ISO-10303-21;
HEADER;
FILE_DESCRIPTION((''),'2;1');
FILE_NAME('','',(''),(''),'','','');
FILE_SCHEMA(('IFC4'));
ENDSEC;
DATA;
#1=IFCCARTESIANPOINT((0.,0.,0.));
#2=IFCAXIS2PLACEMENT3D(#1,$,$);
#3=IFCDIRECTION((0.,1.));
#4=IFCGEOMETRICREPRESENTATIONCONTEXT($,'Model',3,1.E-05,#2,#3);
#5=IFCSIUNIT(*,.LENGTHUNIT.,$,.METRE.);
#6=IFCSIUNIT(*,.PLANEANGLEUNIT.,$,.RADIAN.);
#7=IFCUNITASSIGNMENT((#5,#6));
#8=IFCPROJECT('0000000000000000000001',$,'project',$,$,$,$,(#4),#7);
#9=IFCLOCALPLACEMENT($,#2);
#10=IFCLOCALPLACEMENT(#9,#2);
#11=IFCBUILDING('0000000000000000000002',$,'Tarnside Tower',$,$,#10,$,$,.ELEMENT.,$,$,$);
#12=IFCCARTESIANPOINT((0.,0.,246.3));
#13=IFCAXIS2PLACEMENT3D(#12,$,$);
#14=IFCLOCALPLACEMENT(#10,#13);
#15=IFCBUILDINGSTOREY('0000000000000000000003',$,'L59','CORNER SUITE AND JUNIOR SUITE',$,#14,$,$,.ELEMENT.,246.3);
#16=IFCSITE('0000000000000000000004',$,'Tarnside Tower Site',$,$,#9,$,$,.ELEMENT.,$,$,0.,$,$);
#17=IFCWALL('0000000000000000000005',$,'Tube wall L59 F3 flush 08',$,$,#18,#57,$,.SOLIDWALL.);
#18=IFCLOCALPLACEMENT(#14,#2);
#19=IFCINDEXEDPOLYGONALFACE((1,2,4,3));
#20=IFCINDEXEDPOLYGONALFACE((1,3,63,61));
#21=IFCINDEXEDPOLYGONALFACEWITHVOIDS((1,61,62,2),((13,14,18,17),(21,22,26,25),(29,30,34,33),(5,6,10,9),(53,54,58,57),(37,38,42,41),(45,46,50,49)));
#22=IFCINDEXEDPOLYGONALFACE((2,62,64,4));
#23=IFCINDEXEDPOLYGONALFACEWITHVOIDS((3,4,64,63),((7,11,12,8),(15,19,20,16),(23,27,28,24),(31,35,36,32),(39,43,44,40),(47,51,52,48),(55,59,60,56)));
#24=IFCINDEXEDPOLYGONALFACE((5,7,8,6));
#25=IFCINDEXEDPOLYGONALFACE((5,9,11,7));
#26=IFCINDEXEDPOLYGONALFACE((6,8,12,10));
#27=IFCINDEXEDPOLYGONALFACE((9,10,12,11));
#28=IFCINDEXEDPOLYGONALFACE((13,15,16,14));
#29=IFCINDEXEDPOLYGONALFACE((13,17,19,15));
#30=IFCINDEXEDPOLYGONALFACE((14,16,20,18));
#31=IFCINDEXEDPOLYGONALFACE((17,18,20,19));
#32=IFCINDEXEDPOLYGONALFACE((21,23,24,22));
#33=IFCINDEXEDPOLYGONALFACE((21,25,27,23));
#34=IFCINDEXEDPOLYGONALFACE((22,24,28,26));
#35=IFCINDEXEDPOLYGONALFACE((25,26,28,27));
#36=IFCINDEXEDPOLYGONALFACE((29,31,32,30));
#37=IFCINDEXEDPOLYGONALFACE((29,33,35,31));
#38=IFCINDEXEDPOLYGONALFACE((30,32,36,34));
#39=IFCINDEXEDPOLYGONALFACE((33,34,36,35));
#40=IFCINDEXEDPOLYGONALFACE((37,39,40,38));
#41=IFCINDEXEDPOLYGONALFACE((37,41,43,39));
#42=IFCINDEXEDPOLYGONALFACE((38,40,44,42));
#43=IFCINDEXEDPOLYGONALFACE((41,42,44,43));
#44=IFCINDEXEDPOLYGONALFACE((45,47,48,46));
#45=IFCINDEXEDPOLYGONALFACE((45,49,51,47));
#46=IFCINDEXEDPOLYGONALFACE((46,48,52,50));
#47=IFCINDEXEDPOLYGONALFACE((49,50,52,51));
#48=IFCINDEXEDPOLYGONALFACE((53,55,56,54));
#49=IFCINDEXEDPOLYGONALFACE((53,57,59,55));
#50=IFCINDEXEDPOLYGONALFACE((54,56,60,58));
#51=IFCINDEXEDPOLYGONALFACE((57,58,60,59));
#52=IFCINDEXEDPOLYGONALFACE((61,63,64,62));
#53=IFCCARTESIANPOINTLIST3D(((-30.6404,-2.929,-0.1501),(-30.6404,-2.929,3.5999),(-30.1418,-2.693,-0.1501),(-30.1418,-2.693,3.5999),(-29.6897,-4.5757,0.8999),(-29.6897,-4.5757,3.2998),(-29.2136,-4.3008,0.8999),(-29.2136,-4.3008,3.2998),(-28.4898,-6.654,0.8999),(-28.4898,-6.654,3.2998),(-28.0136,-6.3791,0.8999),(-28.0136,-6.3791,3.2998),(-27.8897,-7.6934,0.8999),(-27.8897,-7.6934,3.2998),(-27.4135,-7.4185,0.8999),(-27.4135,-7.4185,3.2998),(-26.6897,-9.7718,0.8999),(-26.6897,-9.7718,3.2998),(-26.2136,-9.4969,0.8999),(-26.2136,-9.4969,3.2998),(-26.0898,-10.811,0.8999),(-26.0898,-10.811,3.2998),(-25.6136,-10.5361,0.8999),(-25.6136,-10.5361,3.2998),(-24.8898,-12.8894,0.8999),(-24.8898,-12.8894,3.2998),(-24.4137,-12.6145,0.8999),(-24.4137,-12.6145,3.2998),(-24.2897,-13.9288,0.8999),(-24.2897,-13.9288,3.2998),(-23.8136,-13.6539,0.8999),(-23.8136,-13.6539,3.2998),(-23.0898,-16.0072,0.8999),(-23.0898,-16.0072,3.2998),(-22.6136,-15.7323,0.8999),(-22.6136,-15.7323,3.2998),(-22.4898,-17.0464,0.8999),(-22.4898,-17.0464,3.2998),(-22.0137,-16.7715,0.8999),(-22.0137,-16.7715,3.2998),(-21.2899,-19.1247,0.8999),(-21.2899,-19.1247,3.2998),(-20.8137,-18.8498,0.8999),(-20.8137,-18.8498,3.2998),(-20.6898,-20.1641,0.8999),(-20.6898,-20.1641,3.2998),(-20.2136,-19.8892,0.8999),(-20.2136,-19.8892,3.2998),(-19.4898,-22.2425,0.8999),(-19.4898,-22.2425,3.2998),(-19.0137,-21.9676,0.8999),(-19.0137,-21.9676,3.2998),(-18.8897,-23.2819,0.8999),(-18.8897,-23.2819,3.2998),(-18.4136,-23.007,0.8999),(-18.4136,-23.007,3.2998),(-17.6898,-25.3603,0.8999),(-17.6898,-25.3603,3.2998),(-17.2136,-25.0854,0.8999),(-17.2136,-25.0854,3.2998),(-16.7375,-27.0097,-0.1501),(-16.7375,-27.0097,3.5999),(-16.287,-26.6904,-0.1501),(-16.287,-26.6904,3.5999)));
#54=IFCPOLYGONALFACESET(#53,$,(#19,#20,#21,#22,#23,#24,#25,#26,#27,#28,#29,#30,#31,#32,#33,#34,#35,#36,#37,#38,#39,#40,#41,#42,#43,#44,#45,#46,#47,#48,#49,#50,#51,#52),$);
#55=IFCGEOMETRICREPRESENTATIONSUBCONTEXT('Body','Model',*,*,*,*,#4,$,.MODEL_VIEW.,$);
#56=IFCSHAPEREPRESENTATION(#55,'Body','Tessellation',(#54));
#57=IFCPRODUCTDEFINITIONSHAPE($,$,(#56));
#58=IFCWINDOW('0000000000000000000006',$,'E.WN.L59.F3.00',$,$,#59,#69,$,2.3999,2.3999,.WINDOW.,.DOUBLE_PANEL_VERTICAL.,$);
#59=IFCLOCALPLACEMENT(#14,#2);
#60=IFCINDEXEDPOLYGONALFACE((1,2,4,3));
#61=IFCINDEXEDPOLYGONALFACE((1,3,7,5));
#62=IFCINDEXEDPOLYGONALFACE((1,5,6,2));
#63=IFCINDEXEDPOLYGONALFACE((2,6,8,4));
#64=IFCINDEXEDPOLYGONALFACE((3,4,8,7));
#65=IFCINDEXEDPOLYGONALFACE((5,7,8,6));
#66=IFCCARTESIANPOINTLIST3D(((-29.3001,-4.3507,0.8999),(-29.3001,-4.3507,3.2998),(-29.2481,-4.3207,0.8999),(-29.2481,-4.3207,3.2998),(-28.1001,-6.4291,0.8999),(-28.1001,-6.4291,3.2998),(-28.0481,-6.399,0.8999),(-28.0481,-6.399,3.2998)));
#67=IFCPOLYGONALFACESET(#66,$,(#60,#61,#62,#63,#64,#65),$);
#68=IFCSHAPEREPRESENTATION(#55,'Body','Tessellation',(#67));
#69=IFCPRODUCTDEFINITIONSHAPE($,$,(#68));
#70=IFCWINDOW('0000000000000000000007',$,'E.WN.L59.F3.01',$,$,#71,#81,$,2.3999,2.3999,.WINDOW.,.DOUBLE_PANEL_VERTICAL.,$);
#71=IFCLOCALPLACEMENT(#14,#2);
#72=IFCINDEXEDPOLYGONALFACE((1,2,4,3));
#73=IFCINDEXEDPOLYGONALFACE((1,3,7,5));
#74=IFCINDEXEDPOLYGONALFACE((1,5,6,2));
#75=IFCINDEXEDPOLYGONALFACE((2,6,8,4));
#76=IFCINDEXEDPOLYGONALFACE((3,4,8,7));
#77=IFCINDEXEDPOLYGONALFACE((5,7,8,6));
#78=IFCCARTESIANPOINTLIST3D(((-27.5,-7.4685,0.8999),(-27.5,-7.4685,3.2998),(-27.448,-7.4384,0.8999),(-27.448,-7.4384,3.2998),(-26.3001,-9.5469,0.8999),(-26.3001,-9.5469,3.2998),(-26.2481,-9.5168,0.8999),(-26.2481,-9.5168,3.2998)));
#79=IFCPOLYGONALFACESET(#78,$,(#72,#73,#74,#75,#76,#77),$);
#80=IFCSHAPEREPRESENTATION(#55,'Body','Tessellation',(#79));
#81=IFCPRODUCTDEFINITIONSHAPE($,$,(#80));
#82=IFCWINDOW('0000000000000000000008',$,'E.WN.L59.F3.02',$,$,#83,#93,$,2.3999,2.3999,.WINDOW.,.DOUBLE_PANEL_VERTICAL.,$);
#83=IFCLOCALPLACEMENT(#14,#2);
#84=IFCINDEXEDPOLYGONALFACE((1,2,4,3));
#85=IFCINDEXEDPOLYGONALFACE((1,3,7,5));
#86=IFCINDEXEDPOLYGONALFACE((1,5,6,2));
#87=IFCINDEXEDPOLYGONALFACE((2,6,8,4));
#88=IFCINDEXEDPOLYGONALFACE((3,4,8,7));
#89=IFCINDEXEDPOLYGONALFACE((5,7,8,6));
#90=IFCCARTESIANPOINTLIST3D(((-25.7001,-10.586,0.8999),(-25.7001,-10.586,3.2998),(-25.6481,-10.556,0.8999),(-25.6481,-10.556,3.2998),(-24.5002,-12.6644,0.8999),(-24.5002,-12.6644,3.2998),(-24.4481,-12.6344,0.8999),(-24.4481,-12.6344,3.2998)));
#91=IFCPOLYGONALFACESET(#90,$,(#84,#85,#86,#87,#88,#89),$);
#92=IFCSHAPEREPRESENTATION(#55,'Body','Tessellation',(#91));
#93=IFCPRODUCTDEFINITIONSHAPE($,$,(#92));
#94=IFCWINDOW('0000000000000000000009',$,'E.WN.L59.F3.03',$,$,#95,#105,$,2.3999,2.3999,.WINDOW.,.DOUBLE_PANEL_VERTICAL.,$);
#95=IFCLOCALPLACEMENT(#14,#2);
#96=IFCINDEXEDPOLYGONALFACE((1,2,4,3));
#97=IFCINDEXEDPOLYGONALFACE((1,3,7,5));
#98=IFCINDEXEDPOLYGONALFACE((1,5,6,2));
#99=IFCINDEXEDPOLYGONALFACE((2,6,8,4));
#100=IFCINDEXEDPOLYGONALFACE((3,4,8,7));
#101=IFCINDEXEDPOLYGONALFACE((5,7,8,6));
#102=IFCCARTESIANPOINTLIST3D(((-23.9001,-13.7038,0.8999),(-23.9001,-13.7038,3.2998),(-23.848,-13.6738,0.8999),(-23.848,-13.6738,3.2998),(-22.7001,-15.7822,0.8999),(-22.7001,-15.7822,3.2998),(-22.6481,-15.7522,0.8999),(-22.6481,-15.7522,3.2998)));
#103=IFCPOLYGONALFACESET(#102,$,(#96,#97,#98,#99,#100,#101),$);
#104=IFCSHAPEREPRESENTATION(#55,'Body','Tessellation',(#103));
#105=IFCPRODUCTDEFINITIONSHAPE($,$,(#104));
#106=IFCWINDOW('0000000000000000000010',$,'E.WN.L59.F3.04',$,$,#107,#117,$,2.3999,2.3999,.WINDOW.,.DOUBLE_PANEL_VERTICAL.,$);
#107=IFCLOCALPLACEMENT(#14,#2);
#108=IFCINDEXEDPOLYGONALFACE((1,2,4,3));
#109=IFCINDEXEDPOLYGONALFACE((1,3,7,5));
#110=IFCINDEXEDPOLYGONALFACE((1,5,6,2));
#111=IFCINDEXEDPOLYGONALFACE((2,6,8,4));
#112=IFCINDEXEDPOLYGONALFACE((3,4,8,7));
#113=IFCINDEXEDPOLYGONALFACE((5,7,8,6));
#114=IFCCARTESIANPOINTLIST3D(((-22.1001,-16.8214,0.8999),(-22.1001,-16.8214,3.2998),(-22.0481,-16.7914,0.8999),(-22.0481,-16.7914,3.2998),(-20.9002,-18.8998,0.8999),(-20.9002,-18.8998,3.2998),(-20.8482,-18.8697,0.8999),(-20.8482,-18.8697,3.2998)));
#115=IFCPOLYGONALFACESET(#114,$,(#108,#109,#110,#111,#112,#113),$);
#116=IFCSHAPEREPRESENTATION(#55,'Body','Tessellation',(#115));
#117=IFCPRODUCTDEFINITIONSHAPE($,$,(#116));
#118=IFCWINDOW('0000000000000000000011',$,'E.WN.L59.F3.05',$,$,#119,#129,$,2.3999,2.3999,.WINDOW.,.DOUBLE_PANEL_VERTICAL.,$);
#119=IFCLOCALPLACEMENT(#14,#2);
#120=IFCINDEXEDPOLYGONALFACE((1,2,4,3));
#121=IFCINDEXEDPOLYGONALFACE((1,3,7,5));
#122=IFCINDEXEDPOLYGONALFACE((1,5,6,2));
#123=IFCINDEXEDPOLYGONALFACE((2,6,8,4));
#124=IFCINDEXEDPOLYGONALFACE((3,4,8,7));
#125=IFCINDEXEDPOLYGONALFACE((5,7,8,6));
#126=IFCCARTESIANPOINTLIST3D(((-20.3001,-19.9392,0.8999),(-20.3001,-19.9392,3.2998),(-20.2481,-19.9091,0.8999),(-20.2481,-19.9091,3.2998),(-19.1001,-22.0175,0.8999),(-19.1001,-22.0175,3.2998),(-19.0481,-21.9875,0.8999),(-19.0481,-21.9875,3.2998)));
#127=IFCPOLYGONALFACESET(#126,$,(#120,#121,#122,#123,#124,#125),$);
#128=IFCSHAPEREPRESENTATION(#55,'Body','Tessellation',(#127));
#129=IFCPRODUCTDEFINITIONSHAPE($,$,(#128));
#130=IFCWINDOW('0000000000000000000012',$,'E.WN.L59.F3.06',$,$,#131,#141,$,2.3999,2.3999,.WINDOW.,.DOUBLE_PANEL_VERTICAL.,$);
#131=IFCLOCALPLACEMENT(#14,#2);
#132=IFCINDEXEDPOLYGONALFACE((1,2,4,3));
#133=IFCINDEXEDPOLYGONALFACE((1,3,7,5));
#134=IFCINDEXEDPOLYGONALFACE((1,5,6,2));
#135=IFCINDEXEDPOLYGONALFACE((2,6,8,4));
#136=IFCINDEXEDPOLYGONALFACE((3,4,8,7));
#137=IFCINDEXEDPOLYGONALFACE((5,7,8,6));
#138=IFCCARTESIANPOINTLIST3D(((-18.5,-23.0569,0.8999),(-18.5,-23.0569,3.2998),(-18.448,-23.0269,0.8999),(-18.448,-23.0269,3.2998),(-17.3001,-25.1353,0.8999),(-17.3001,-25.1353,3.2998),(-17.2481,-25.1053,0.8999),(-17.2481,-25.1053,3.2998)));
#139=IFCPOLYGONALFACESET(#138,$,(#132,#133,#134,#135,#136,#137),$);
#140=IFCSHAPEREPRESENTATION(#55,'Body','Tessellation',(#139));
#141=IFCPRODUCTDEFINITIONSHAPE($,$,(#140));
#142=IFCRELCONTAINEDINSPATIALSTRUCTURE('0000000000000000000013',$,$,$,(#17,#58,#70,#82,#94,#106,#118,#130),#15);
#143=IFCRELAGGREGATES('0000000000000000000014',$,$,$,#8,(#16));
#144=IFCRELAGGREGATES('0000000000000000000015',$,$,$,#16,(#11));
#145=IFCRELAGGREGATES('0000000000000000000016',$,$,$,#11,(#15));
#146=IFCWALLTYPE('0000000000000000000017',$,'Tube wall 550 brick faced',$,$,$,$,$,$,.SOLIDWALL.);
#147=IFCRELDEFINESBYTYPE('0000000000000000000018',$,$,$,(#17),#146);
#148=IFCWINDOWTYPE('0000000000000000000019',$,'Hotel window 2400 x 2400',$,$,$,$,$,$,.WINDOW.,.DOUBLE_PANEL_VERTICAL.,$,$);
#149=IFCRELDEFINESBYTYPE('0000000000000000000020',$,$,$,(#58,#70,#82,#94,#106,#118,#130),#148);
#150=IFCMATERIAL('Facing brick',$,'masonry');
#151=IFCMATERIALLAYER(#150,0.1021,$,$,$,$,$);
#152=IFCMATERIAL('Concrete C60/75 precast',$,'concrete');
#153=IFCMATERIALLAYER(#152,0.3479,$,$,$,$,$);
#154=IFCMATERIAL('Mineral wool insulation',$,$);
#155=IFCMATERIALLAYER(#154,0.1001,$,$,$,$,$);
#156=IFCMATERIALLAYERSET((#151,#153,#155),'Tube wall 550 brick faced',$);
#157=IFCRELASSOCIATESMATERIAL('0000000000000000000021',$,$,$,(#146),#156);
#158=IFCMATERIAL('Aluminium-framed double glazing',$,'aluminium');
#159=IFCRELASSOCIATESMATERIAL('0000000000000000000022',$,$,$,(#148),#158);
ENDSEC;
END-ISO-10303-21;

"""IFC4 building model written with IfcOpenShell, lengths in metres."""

from ifc_helpers import new_model, si_unit, direction, frame, frame_2d, origin, place, context, subcontext, project, spatial, polyline, rectangle, outline, extrude, material, layer, layer_set, type_object, element, fill, save


model = new_model("IFC4")

# Units and contexts
model_context = context("Model", 3, precision=1e-05, world=origin(), true_north=direction((0.0, 1.0)))
body_context = subcontext(model_context, "Body", "Model", "MODEL_VIEW")
ifc_project = project(units=[si_unit("LENGTHUNIT", "METRE"), si_unit("PLANEANGLEUNIT", "RADIAN")], contexts=[model_context])

# Site, building, storey
site_placement = place(None, origin())
site = spatial("IfcSite", under=ifc_project, at=site_placement, Name="Tarnside Tower Site", CompositionType="ELEMENT", RefElevation=0.0)
building_placement = place(site_placement, origin())
building = spatial("IfcBuilding", under=site, at=building_placement, Name="Tarnside Tower", CompositionType="ELEMENT")
storey_placement = place(building_placement, frame((0.0, 0.0, 246.3)))
storey = spatial("IfcBuildingStorey", under=building, at=storey_placement, Name="L59", Description="CORNER SUITE AND JUNIOR SUITE", CompositionType="ELEMENT", Elevation=246.3)

# Shared definitions
ifc_material_1 = material(Name="Facing brick", Category="masonry")
ifc_layer_1 = layer(ifc_material_1, 0.1021)
ifc_material_2 = material(Name="Concrete C60/75 precast", Category="concrete")
ifc_layer_2 = layer(ifc_material_2, 0.3479)
ifc_material_3 = material(Name="Mineral wool insulation")
ifc_layer_3 = layer(ifc_material_3, 0.1001)
ifc_layer_set_1 = layer_set([ifc_layer_1, ifc_layer_2, ifc_layer_3], Name="Tube wall 550 brick faced")
wall_type_1 = type_object("IfcWallType", Name="Tube wall 550 brick faced", PredefinedType="SOLIDWALL", material=ifc_layer_set_1)

# Wall, openings, windows
wall_1_placement = place(storey_placement, frame((-30.3911, -2.811, -0.1501), z_axis=(0.0, 0.0, 1.0), x_axis=(0.499999, -0.866026, 0.0)))
wall_1 = element("IfcWall", 1, at=wall_1_placement, inside=storey, type_object=wall_type_1, Name="Tube wall L59 F3 flush 08", PredefinedType="SOLIDWALL", context=body_context, shape_type="SweptSolid", body=[
    extrude(outline(polyline([(-0.0225, -0.2749), (27.7834, -0.2749), (27.7322, 0.2749), (0.0225, 0.2749), (-0.0225, -0.2749)])), origin(), (0.0, 0.0, 1.0), 3.75),
])
opening_1_placement = place(wall_1_placement, frame((1.8789, 0.0, 1.05)))
opening_1 = element("IfcOpeningElement", 2, at=opening_1_placement, cuts=wall_1, PredefinedType="OPENING", context=body_context, shape_type="SweptSolid", body=[
    extrude(rectangle(XDim=2.3999, YDim=2.3999, at=frame_2d((1.2, 1.2))), frame((0.0, 0.2852, 0.0), z_axis=(0.0, -1.0, 0.0), x_axis=(1.0, 0.0, 0.0)), (0.0, 0.0, 1.0), 0.5701),
])
opening_2_placement = place(wall_1_placement, frame((5.479, 0.0, 1.05)))
opening_2 = element("IfcOpeningElement", 3, at=opening_2_placement, cuts=wall_1, PredefinedType="OPENING", context=body_context, shape_type="SweptSolid", body=[
    extrude(rectangle(XDim=2.3999, YDim=2.3999, at=frame_2d((1.2, 1.2))), frame((0.0, 0.2852, 0.0), z_axis=(0.0, -1.0, 0.0), x_axis=(1.0, 0.0, 0.0)), (0.0, 0.0, 1.0), 0.5701),
])
opening_3_placement = place(wall_1_placement, frame((9.0789, 0.0, 1.05)))
opening_3 = element("IfcOpeningElement", 4, at=opening_3_placement, cuts=wall_1, PredefinedType="OPENING", context=body_context, shape_type="SweptSolid", body=[
    extrude(rectangle(XDim=2.3999, YDim=2.3999, at=frame_2d((1.2, 1.2))), frame((0.0, 0.2852, 0.0), z_axis=(0.0, -1.0, 0.0), x_axis=(1.0, 0.0, 0.0)), (0.0, 0.0, 1.0), 0.5701),
])
opening_4_placement = place(wall_1_placement, frame((12.679, 0.0, 1.05)))
opening_4 = element("IfcOpeningElement", 5, at=opening_4_placement, cuts=wall_1, PredefinedType="OPENING", context=body_context, shape_type="SweptSolid", body=[
    extrude(rectangle(XDim=2.3999, YDim=2.3999, at=frame_2d((1.2, 1.2))), frame((0.0, 0.2852, 0.0), z_axis=(0.0, -1.0, 0.0), x_axis=(1.0, 0.0, 0.0)), (0.0, 0.0, 1.0), 0.5701),
])
opening_5_placement = place(wall_1_placement, frame((16.2788, 0.0, 1.05)))
opening_5 = element("IfcOpeningElement", 6, at=opening_5_placement, cuts=wall_1, PredefinedType="OPENING", context=body_context, shape_type="SweptSolid", body=[
    extrude(rectangle(XDim=2.3999, YDim=2.3999, at=frame_2d((1.2, 1.2))), frame((0.0, 0.2852, 0.0), z_axis=(0.0, -1.0, 0.0), x_axis=(1.0, 0.0, 0.0)), (0.0, 0.0, 1.0), 0.5701),
])
opening_6_placement = place(wall_1_placement, frame((19.8789, 0.0, 1.05)))
opening_6 = element("IfcOpeningElement", 7, at=opening_6_placement, cuts=wall_1, PredefinedType="OPENING", context=body_context, shape_type="SweptSolid", body=[
    extrude(rectangle(XDim=2.3999, YDim=2.3999, at=frame_2d((1.2, 1.2))), frame((0.0, 0.2852, 0.0), z_axis=(0.0, -1.0, 0.0), x_axis=(1.0, 0.0, 0.0)), (0.0, 0.0, 1.0), 0.5701),
])
opening_7_placement = place(wall_1_placement, frame((23.479, 0.0, 1.05)))
opening_7 = element("IfcOpeningElement", 8, at=opening_7_placement, cuts=wall_1, PredefinedType="OPENING", context=body_context, shape_type="SweptSolid", body=[
    extrude(rectangle(XDim=2.3999, YDim=2.3999, at=frame_2d((1.2, 1.2))), frame((0.0, 0.2852, 0.0), z_axis=(0.0, -1.0, 0.0), x_axis=(1.0, 0.0, 0.0)), (0.0, 0.0, 1.0), 0.5701),
])
ifc_material_4 = material(Name="Aluminium-framed double glazing", Category="aluminium")
window_type = type_object("IfcWindowType", Name="Hotel window 2400 x 2400", PartitioningType="DOUBLE_PANEL_VERTICAL", PredefinedType="WINDOW", material=ifc_material_4)
window_1_placement = place(opening_1_placement, frame((0.0, 0.2051, 0.0)))
window_1 = element("IfcWindow", 9, at=window_1_placement, inside=storey, type_object=window_type, Name="E.WN.L59.F3.00", OverallHeight=2.3999, OverallWidth=2.3999, PartitioningType="DOUBLE_PANEL_VERTICAL", PredefinedType="WINDOW", context=body_context, shape_type="SweptSolid", body=[
    extrude(rectangle(XDim=2.3999, YDim=2.3999, at=frame_2d((1.2, 1.2))), frame((0.0, 0.03, 0.0), z_axis=(0.0, -1.0, 0.0), x_axis=(1.0, 0.0, 0.0)), (0.0, 0.0, 1.0), 0.0601),
])
fill(opening_1, window_1)
window_2_placement = place(opening_2_placement, frame((0.0, 0.2051, 0.0)))
window_2 = element("IfcWindow", 10, at=window_2_placement, inside=storey, type_object=window_type, Name="E.WN.L59.F3.01", OverallHeight=2.3999, OverallWidth=2.3999, PartitioningType="DOUBLE_PANEL_VERTICAL", PredefinedType="WINDOW", context=body_context, shape_type="SweptSolid", body=[
    extrude(rectangle(XDim=2.3999, YDim=2.3999, at=frame_2d((1.2, 1.2))), frame((0.0, 0.03, 0.0), z_axis=(0.0, -1.0, 0.0), x_axis=(1.0, 0.0, 0.0)), (0.0, 0.0, 1.0), 0.0601),
])
fill(opening_2, window_2)
window_3_placement = place(opening_3_placement, frame((0.0, 0.2051, 0.0)))
window_3 = element("IfcWindow", 11, at=window_3_placement, inside=storey, type_object=window_type, Name="E.WN.L59.F3.02", OverallHeight=2.3999, OverallWidth=2.3999, PartitioningType="DOUBLE_PANEL_VERTICAL", PredefinedType="WINDOW", context=body_context, shape_type="SweptSolid", body=[
    extrude(rectangle(XDim=2.3999, YDim=2.3999, at=frame_2d((1.2, 1.2))), frame((0.0, 0.03, 0.0), z_axis=(0.0, -1.0, 0.0), x_axis=(1.0, 0.0, 0.0)), (0.0, 0.0, 1.0), 0.0601),
])
fill(opening_3, window_3)
window_4_placement = place(opening_4_placement, frame((0.0, 0.2051, 0.0)))
window_4 = element("IfcWindow", 12, at=window_4_placement, inside=storey, type_object=window_type, Name="E.WN.L59.F3.03", OverallHeight=2.3999, OverallWidth=2.3999, PartitioningType="DOUBLE_PANEL_VERTICAL", PredefinedType="WINDOW", context=body_context, shape_type="SweptSolid", body=[
    extrude(rectangle(XDim=2.3999, YDim=2.3999, at=frame_2d((1.2, 1.2))), frame((0.0, 0.03, 0.0), z_axis=(0.0, -1.0, 0.0), x_axis=(1.0, 0.0, 0.0)), (0.0, 0.0, 1.0), 0.0601),
])
fill(opening_4, window_4)
window_5_placement = place(opening_5_placement, frame((0.0, 0.2051, 0.0)))
window_5 = element("IfcWindow", 13, at=window_5_placement, inside=storey, type_object=window_type, Name="E.WN.L59.F3.04", OverallHeight=2.3999, OverallWidth=2.3999, PartitioningType="DOUBLE_PANEL_VERTICAL", PredefinedType="WINDOW", context=body_context, shape_type="SweptSolid", body=[
    extrude(rectangle(XDim=2.3999, YDim=2.3999, at=frame_2d((1.2, 1.2))), frame((0.0, 0.03, 0.0), z_axis=(0.0, -1.0, 0.0), x_axis=(1.0, 0.0, 0.0)), (0.0, 0.0, 1.0), 0.0601),
])
fill(opening_5, window_5)
window_6_placement = place(opening_6_placement, frame((0.0, 0.2051, 0.0)))
window_6 = element("IfcWindow", 14, at=window_6_placement, inside=storey, type_object=window_type, Name="E.WN.L59.F3.05", OverallHeight=2.3999, OverallWidth=2.3999, PartitioningType="DOUBLE_PANEL_VERTICAL", PredefinedType="WINDOW", context=body_context, shape_type="SweptSolid", body=[
    extrude(rectangle(XDim=2.3999, YDim=2.3999, at=frame_2d((1.2, 1.2))), frame((0.0, 0.03, 0.0), z_axis=(0.0, -1.0, 0.0), x_axis=(1.0, 0.0, 0.0)), (0.0, 0.0, 1.0), 0.0601),
])
fill(opening_6, window_6)
window_7_placement = place(opening_7_placement, frame((0.0, 0.2051, 0.0)))
window_7 = element("IfcWindow", 15, at=window_7_placement, inside=storey, type_object=window_type, Name="E.WN.L59.F3.06", OverallHeight=2.3999, OverallWidth=2.3999, PartitioningType="DOUBLE_PANEL_VERTICAL", PredefinedType="WINDOW", context=body_context, shape_type="SweptSolid", body=[
    extrude(rectangle(XDim=2.3999, YDim=2.3999, at=frame_2d((1.2, 1.2))), frame((0.0, 0.03, 0.0), z_axis=(0.0, -1.0, 0.0), x_axis=(1.0, 0.0, 0.0)), (0.0, 0.0, 1.0), 0.0601),
])
fill(opening_7, window_7)

save(model, "model.ifc")
